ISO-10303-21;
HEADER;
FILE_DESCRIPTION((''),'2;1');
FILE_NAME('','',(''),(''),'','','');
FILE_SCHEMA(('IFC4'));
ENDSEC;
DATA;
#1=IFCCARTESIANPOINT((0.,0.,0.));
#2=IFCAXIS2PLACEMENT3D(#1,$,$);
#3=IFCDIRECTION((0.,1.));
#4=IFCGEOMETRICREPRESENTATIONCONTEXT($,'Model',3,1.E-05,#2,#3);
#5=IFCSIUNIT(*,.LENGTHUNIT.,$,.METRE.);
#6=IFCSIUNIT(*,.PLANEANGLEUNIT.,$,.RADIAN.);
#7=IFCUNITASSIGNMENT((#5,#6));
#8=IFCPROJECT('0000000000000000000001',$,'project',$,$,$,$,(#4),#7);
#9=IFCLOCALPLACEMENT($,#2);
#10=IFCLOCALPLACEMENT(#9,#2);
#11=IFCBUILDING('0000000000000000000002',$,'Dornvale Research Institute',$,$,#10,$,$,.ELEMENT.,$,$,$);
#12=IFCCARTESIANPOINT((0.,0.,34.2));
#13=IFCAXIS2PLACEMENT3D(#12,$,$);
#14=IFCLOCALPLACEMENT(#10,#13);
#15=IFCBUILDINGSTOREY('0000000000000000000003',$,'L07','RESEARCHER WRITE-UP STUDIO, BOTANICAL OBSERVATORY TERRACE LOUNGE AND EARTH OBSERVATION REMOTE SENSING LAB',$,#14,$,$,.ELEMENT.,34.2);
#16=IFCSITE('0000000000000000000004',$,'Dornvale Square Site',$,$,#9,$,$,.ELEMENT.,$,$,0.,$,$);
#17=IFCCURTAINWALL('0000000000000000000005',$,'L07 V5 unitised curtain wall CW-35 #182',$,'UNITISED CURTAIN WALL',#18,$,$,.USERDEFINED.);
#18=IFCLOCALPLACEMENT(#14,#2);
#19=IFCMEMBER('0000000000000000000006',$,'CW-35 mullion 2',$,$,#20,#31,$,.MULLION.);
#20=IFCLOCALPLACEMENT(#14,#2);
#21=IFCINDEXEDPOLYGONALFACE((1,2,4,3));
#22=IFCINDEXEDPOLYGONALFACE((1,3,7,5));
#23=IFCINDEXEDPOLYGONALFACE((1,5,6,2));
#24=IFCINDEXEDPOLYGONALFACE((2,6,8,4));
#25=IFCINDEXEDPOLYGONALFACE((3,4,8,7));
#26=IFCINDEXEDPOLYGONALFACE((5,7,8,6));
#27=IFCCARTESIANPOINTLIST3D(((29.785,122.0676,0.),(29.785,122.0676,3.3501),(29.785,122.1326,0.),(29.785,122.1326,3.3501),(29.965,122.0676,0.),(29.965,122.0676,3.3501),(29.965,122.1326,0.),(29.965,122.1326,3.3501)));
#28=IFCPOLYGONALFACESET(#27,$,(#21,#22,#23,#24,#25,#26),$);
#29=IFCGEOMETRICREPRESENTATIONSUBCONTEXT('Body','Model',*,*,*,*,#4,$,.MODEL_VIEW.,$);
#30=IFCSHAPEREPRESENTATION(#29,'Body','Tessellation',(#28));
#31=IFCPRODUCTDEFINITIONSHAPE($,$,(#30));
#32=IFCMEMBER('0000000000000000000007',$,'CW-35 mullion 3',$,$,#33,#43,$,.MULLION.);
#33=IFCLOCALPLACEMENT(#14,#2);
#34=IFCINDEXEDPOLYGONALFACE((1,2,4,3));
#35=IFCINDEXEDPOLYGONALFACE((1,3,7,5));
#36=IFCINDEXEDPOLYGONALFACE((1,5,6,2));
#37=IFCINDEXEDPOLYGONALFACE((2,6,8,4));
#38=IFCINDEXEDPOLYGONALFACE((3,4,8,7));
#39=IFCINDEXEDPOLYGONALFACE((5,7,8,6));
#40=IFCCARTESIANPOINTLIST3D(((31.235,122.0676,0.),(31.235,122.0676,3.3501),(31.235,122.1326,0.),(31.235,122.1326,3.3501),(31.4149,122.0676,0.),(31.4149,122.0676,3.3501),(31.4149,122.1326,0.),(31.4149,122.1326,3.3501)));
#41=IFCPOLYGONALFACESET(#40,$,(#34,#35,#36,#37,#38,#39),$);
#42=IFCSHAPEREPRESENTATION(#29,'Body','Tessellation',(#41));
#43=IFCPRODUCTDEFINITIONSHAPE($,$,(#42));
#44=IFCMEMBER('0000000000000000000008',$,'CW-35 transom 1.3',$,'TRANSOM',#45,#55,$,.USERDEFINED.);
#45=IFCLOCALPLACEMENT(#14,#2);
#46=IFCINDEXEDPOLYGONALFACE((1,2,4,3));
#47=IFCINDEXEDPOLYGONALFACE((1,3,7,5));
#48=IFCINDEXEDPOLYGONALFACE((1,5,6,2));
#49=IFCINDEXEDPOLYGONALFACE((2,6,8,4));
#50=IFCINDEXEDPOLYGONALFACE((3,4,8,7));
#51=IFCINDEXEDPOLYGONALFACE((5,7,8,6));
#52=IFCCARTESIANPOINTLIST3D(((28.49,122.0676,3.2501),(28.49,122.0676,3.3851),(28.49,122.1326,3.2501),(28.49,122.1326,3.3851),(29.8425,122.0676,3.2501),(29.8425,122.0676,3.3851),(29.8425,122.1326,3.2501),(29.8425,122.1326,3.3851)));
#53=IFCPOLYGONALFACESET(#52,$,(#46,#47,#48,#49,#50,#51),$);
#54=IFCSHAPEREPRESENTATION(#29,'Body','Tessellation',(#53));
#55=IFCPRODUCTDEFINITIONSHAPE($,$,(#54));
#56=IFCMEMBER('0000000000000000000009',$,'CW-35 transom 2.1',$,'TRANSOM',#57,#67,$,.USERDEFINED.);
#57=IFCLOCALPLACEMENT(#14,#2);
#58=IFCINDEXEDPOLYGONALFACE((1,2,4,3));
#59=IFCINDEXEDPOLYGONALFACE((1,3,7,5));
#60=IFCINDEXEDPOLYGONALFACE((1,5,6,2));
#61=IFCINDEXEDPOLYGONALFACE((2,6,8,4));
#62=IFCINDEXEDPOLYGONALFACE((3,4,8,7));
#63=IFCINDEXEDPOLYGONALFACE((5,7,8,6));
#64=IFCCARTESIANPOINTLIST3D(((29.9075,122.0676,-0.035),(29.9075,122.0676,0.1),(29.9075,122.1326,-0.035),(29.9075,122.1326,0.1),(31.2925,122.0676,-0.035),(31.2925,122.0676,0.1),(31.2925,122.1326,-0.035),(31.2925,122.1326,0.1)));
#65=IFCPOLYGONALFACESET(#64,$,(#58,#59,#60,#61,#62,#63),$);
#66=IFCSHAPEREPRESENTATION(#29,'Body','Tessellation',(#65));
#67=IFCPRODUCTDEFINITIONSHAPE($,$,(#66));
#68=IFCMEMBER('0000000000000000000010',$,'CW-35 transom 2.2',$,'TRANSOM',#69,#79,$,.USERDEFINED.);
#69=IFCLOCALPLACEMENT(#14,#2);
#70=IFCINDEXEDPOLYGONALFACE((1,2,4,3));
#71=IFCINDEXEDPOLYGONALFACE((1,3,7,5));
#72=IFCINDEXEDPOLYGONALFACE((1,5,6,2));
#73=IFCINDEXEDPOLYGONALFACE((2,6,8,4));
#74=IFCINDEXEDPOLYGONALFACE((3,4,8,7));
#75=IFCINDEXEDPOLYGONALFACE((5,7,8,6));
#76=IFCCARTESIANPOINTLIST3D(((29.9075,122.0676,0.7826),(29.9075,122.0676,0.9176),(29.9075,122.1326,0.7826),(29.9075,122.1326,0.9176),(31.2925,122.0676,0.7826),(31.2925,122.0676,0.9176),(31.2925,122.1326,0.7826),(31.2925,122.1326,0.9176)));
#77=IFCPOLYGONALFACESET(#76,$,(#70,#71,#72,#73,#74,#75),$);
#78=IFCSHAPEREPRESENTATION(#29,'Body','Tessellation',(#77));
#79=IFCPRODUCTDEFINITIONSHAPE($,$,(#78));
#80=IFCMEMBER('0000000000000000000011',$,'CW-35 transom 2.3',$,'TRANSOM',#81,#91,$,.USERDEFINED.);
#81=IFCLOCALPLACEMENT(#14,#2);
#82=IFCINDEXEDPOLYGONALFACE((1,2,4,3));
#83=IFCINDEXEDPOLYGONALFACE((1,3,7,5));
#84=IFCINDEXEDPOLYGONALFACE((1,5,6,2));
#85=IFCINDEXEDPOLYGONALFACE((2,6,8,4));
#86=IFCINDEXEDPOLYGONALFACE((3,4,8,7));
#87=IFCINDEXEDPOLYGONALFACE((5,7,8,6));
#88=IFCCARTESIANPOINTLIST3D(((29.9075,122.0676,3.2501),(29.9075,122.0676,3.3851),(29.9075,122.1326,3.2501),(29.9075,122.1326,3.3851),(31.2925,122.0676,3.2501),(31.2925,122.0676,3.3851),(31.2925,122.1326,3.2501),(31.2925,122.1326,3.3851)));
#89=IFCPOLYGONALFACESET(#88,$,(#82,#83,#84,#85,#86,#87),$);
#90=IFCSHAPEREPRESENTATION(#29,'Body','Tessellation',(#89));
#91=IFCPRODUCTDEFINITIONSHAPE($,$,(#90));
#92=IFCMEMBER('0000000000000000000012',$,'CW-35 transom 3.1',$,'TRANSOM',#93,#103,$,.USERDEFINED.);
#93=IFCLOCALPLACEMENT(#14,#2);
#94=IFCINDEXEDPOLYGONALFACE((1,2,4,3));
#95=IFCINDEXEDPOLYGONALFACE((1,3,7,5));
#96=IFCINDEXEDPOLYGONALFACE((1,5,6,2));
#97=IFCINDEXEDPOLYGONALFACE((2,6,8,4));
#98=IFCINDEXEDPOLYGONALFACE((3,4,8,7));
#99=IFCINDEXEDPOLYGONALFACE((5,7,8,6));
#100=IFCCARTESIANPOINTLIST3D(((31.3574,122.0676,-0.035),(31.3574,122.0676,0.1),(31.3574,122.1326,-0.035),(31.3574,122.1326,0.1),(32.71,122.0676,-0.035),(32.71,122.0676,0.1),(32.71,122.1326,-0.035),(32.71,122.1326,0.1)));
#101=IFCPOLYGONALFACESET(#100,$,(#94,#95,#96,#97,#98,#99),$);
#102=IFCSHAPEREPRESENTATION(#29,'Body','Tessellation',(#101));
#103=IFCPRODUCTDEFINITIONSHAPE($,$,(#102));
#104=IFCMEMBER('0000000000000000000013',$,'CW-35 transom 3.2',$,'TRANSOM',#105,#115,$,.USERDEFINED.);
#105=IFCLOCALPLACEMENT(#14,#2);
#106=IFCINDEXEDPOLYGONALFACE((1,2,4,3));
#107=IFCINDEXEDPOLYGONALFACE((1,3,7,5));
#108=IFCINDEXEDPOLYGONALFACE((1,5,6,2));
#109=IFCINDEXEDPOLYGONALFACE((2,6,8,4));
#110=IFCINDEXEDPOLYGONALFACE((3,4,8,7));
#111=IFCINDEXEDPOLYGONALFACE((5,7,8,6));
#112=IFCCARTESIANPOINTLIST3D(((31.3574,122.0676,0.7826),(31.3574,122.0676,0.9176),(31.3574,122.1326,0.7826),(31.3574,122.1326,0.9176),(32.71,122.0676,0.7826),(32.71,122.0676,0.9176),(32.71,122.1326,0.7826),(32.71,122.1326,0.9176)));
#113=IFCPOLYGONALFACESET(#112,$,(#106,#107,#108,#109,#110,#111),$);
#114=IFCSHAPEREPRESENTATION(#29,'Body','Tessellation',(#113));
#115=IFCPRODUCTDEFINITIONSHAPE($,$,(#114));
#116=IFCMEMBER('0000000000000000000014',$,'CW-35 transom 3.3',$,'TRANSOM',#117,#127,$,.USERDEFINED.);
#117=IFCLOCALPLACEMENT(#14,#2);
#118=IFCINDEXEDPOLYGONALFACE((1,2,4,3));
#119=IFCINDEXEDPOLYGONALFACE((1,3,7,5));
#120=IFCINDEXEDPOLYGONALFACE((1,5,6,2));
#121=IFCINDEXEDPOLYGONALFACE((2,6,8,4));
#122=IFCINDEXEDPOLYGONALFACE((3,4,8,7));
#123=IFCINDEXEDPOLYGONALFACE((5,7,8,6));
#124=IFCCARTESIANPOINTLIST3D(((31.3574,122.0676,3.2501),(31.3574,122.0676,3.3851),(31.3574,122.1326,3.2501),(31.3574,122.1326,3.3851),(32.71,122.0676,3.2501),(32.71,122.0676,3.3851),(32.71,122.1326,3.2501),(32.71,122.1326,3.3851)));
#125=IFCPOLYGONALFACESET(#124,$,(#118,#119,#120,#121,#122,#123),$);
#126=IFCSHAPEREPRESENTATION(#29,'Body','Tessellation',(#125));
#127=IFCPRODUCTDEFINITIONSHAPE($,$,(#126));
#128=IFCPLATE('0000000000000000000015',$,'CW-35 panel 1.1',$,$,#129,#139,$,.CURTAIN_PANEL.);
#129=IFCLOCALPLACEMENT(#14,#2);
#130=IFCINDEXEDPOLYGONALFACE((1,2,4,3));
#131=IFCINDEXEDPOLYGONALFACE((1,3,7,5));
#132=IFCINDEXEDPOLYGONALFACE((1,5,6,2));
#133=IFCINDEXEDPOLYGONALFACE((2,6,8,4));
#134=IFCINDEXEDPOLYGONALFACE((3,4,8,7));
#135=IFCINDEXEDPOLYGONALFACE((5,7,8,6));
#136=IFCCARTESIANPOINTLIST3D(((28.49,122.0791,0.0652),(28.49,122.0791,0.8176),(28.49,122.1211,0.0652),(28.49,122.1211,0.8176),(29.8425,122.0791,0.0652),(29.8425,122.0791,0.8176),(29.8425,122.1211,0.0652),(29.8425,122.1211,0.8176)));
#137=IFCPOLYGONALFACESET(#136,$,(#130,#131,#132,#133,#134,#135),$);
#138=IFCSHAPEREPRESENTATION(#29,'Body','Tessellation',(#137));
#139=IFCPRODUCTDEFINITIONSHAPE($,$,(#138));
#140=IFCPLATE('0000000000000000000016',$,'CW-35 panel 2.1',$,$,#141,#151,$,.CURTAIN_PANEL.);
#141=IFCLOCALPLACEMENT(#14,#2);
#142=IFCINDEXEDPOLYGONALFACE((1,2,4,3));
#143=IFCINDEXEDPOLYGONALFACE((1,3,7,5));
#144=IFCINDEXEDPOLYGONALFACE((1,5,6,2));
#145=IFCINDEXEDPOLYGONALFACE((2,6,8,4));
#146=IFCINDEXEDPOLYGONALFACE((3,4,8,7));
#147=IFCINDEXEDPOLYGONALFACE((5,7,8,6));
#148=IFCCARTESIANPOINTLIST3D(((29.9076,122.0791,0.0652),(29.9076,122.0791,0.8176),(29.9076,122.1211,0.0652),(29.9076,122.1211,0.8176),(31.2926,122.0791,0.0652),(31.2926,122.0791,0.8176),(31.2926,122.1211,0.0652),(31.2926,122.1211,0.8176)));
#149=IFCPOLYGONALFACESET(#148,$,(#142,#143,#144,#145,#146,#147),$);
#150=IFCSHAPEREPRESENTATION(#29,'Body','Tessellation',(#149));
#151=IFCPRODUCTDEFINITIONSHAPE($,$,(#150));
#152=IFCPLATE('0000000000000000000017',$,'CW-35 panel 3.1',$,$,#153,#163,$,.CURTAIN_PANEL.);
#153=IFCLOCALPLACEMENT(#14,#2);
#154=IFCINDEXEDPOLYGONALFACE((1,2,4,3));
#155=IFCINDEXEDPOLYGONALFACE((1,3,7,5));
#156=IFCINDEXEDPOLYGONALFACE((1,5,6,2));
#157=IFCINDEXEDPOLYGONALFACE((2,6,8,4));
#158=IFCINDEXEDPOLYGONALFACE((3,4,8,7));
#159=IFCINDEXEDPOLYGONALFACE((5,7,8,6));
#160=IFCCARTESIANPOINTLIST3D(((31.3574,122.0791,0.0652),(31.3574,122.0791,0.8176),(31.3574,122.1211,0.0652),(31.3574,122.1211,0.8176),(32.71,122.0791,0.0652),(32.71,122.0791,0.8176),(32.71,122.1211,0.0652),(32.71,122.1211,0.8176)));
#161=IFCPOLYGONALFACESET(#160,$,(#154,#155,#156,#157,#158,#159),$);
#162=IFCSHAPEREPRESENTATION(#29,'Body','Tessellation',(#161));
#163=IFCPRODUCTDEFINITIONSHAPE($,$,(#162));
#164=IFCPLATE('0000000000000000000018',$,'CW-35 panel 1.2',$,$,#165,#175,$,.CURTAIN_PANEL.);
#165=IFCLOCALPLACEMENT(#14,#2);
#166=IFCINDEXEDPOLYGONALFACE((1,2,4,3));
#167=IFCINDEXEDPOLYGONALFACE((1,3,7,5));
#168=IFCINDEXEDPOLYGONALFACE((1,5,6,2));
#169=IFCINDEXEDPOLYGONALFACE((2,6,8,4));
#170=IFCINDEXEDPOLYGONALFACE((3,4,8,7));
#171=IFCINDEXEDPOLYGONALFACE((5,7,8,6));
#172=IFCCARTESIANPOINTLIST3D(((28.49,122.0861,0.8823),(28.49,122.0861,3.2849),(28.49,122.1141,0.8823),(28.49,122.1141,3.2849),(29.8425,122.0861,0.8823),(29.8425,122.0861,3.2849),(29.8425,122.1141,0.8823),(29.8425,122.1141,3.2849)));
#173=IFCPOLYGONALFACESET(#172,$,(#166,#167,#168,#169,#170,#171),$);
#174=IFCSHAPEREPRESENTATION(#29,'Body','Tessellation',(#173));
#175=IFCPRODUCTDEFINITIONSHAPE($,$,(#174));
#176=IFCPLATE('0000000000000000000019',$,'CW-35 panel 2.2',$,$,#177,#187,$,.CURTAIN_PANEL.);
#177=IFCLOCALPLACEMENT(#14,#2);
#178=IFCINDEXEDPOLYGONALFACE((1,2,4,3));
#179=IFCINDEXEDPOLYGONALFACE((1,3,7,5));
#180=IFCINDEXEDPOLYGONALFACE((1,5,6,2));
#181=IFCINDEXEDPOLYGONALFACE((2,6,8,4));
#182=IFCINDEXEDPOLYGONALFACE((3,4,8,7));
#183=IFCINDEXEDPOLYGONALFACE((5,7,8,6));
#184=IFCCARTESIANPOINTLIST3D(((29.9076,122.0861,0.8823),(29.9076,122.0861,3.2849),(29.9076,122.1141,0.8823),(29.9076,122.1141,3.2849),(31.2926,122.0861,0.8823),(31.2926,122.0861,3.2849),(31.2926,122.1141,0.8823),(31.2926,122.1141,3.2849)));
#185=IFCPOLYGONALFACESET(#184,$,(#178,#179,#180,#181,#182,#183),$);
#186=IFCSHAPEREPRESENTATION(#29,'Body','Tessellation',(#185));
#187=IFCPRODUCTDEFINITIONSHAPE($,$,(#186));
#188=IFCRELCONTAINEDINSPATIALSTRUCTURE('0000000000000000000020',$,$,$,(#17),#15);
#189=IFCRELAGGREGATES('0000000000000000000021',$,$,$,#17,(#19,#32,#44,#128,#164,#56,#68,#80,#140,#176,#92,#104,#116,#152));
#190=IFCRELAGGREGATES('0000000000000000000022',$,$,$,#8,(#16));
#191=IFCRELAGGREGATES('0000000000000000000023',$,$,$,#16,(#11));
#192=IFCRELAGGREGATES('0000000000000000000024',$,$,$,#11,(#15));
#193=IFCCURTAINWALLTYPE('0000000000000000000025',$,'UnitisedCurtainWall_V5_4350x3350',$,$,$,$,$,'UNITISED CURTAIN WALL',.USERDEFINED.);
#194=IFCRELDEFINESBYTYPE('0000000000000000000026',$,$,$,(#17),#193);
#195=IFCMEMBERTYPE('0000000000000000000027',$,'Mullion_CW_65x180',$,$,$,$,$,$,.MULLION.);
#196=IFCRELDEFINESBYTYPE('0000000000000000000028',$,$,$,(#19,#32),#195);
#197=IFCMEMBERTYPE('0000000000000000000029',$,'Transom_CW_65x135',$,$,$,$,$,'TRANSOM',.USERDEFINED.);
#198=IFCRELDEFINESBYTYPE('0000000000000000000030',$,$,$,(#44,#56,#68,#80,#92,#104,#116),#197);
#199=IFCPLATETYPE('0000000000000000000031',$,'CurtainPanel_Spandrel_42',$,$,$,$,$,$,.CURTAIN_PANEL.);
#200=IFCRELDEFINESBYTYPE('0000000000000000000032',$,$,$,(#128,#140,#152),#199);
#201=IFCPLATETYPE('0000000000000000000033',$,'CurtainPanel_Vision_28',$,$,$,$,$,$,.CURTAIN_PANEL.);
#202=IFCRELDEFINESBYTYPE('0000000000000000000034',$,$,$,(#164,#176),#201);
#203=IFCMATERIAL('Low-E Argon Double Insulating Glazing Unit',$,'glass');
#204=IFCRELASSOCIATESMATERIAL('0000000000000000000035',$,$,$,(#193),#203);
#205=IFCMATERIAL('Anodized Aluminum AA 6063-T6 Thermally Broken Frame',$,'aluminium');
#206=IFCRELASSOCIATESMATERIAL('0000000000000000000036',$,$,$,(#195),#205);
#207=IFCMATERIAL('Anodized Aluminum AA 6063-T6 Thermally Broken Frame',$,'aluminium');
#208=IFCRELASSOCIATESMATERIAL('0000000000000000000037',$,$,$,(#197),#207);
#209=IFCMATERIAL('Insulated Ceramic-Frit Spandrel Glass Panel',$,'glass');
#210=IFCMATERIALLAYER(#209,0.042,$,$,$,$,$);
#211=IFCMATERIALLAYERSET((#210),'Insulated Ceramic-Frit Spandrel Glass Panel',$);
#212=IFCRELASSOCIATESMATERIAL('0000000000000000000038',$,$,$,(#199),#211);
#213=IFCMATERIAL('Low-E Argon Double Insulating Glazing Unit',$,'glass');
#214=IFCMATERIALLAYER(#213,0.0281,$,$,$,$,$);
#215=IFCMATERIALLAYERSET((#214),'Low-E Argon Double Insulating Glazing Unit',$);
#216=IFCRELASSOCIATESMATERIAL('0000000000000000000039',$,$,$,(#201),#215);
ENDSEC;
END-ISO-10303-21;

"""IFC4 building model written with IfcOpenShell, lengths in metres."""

from ifc_helpers import new_model, si_unit, direction, frame, origin, origin_2d, place, context, subcontext, project, spatial, rectangle, extrude, material, layer, layer_set, material_profile, profile_set, type_object, element, aggregate, save


model = new_model("IFC4")

# Units and contexts
model_context = context("Model", 3, precision=1e-05, world=origin(), true_north=direction((0.0, 1.0)))
body_context = subcontext(model_context, "Body", "Model", "MODEL_VIEW")
ifc_project = project(units=[si_unit("LENGTHUNIT", "METRE"), si_unit("PLANEANGLEUNIT", "RADIAN")], contexts=[model_context])

# Site, building, storey
site_placement = place(None, origin())
site = spatial("IfcSite", under=ifc_project, at=site_placement, Name="Dornvale Square Site", CompositionType="ELEMENT", RefElevation=0.0)
building_placement = place(site_placement, origin())
building = spatial("IfcBuilding", under=site, at=building_placement, Name="Dornvale Research Institute", CompositionType="ELEMENT")
storey_placement = place(building_placement, frame((0.0, 0.0, 34.2)))
storey = spatial("IfcBuildingStorey", under=building, at=storey_placement, Name="L07", Description="RESEARCHER WRITE-UP STUDIO, BOTANICAL OBSERVATORY TERRACE LOUNGE AND EARTH OBSERVATION REMOTE SENSING LAB", CompositionType="ELEMENT", Elevation=34.2)

# Curtain wall, members, plates
ifc_material_1 = material(Name="Low-E Argon Double Insulating Glazing Unit", Category="glass")
curtain_wall_type = type_object("IfcCurtainWallType", Name="UnitisedCurtainWall_V5_4350x3350", ElementType="UNITISED CURTAIN WALL", PredefinedType="USERDEFINED", material=ifc_material_1)
curtain_wall_placement = place(storey_placement, origin())
curtain_wall = element("IfcCurtainWall", 1, at=curtain_wall_placement, inside=storey, type_object=curtain_wall_type, Name="L07 V5 unitised curtain wall CW-35 #182", ObjectType="UNITISED CURTAIN WALL", PredefinedType="USERDEFINED")
ifc_material_2 = material(Name="Anodized Aluminum AA 6063-T6 Thermally Broken Frame", Category="aluminium")
ifc_material_profile_1 = material_profile(ifc_material_2, rectangle(XDim=0.0649, YDim=0.1799, at=origin_2d()), Name="ALU MULLION 65x180")
ifc_profile_set_1 = profile_set([ifc_material_profile_1], Name="Anodized Aluminum AA 6063-T6 Thermally Broken Frame")
member_type_1 = type_object("IfcMemberType", Name="Mullion_CW_65x180", PredefinedType="MULLION", material=ifc_profile_set_1)
member_1_placement = place(storey_placement, frame((29.875, 122.1001, 0.0), z_axis=(0.0, 0.0, 1.0), x_axis=(0.0, 1.0, 0.0)))
member_1 = element("IfcMember", 2, at=member_1_placement, type_object=member_type_1, Name="CW-35 mullion 2", PredefinedType="MULLION", context=body_context, shape_type="SweptSolid", body=[
    extrude(rectangle(XDim=0.0649, YDim=0.1799, at=origin_2d()), origin(), (0.0, 0.0, 1.0), 3.3501),
])
member_2_placement = place(storey_placement, frame((31.325, 122.1001, 0.0), z_axis=(0.0, 0.0, 1.0), x_axis=(0.0, 1.0, 0.0)))
member_2 = element("IfcMember", 3, at=member_2_placement, type_object=member_type_1, Name="CW-35 mullion 3", PredefinedType="MULLION", context=body_context, shape_type="SweptSolid", body=[
    extrude(rectangle(XDim=0.0649, YDim=0.1799, at=origin_2d()), origin(), (0.0, 0.0, 1.0), 3.3501),
])
ifc_material_3 = material(Name="Anodized Aluminum AA 6063-T6 Thermally Broken Frame", Category="aluminium")
ifc_material_profile_2 = material_profile(ifc_material_3, rectangle(XDim=0.0649, YDim=0.135, at=origin_2d()), Name="ALU TRANSOM 65x135")
ifc_profile_set_2 = profile_set([ifc_material_profile_2], Name="Anodized Aluminum AA 6063-T6 Thermally Broken Frame")
member_type_2 = type_object("IfcMemberType", Name="Transom_CW_65x135", ElementType="TRANSOM", PredefinedType="USERDEFINED", material=ifc_profile_set_2)
member_3_placement = place(storey_placement, frame((28.49, 122.1001, 3.3176), z_axis=(1.0, 0.0, 0.0), x_axis=(0.0, 1.0, 0.0)))
member_3 = element("IfcMember", 4, at=member_3_placement, type_object=member_type_2, Name="CW-35 transom 1.3", ObjectType="TRANSOM", PredefinedType="USERDEFINED", context=body_context, shape_type="SweptSolid", body=[
    extrude(rectangle(XDim=0.0649, YDim=0.135, at=origin_2d()), origin(), (0.0, 0.0, 1.0), 1.3525),
])
member_4_placement = place(storey_placement, frame((29.9075, 122.1001, 0.0325), z_axis=(1.0, 0.0, 0.0), x_axis=(0.0, 1.0, 0.0)))
member_4 = element("IfcMember", 5, at=member_4_placement, type_object=member_type_2, Name="CW-35 transom 2.1", ObjectType="TRANSOM", PredefinedType="USERDEFINED", context=body_context, shape_type="SweptSolid", body=[
    extrude(rectangle(XDim=0.0649, YDim=0.135, at=origin_2d()), origin(), (0.0, 0.0, 1.0), 1.385),
])
member_5_placement = place(storey_placement, frame((29.9075, 122.1001, 0.8501), z_axis=(1.0, 0.0, 0.0), x_axis=(0.0, 1.0, 0.0)))
member_5 = element("IfcMember", 6, at=member_5_placement, type_object=member_type_2, Name="CW-35 transom 2.2", ObjectType="TRANSOM", PredefinedType="USERDEFINED", context=body_context, shape_type="SweptSolid", body=[
    extrude(rectangle(XDim=0.0649, YDim=0.135, at=origin_2d()), origin(), (0.0, 0.0, 1.0), 1.385),
])
member_6_placement = place(storey_placement, frame((29.9075, 122.1001, 3.3176), z_axis=(1.0, 0.0, 0.0), x_axis=(0.0, 1.0, 0.0)))
member_6 = element("IfcMember", 7, at=member_6_placement, type_object=member_type_2, Name="CW-35 transom 2.3", ObjectType="TRANSOM", PredefinedType="USERDEFINED", context=body_context, shape_type="SweptSolid", body=[
    extrude(rectangle(XDim=0.0649, YDim=0.135, at=origin_2d()), origin(), (0.0, 0.0, 1.0), 1.385),
])
member_7_placement = place(storey_placement, frame((31.3574, 122.1001, 0.0325), z_axis=(1.0, 0.0, 0.0), x_axis=(0.0, 1.0, 0.0)))
member_7 = element("IfcMember", 8, at=member_7_placement, type_object=member_type_2, Name="CW-35 transom 3.1", ObjectType="TRANSOM", PredefinedType="USERDEFINED", context=body_context, shape_type="SweptSolid", body=[
    extrude(rectangle(XDim=0.0649, YDim=0.135, at=origin_2d()), origin(), (0.0, 0.0, 1.0), 1.3525),
])
member_8_placement = place(storey_placement, frame((31.3574, 122.1001, 0.8501), z_axis=(1.0, 0.0, 0.0), x_axis=(0.0, 1.0, 0.0)))
member_8 = element("IfcMember", 9, at=member_8_placement, type_object=member_type_2, Name="CW-35 transom 3.2", ObjectType="TRANSOM", PredefinedType="USERDEFINED", context=body_context, shape_type="SweptSolid", body=[
    extrude(rectangle(XDim=0.0649, YDim=0.135, at=origin_2d()), origin(), (0.0, 0.0, 1.0), 1.3525),
])
member_9_placement = place(storey_placement, frame((31.3574, 122.1001, 3.3176), z_axis=(1.0, 0.0, 0.0), x_axis=(0.0, 1.0, 0.0)))
member_9 = element("IfcMember", 10, at=member_9_placement, type_object=member_type_2, Name="CW-35 transom 3.3", ObjectType="TRANSOM", PredefinedType="USERDEFINED", context=body_context, shape_type="SweptSolid", body=[
    extrude(rectangle(XDim=0.0649, YDim=0.135, at=origin_2d()), origin(), (0.0, 0.0, 1.0), 1.3525),
])
ifc_material_4 = material(Name="Insulated Ceramic-Frit Spandrel Glass Panel", Category="glass")
ifc_layer_1 = layer(ifc_material_4, 0.042)
ifc_layer_set_1 = layer_set([ifc_layer_1], Name="Insulated Ceramic-Frit Spandrel Glass Panel")
plate_type_1 = type_object("IfcPlateType", Name="CurtainPanel_Spandrel_42", PredefinedType="CURTAIN_PANEL", material=ifc_layer_set_1)
plate_1_placement = place(storey_placement, frame((29.1663, 122.1001, 0.0652), z_axis=(0.0, 0.0, 1.0), x_axis=(1.0, 0.0, 0.0)))
plate_1 = element("IfcPlate", 11, at=plate_1_placement, type_object=plate_type_1, Name="CW-35 panel 1.1", PredefinedType="CURTAIN_PANEL", context=body_context, shape_type="SweptSolid", body=[
    extrude(rectangle(XDim=1.3525, YDim=0.042, at=origin_2d()), origin(), (0.0, 0.0, 1.0), 0.7524),
])
plate_2_placement = place(storey_placement, frame((30.6001, 122.1001, 0.0652), z_axis=(0.0, 0.0, 1.0), x_axis=(1.0, 0.0, 0.0)))
plate_2 = element("IfcPlate", 12, at=plate_2_placement, type_object=plate_type_1, Name="CW-35 panel 2.1", PredefinedType="CURTAIN_PANEL", context=body_context, shape_type="SweptSolid", body=[
    extrude(rectangle(XDim=1.385, YDim=0.042, at=origin_2d()), origin(), (0.0, 0.0, 1.0), 0.7524),
])
plate_3_placement = place(storey_placement, frame((32.0337, 122.1001, 0.0652), z_axis=(0.0, 0.0, 1.0), x_axis=(1.0, 0.0, 0.0)))
plate_3 = element("IfcPlate", 13, at=plate_3_placement, type_object=plate_type_1, Name="CW-35 panel 3.1", PredefinedType="CURTAIN_PANEL", context=body_context, shape_type="SweptSolid", body=[
    extrude(rectangle(XDim=1.3525, YDim=0.042, at=origin_2d()), origin(), (0.0, 0.0, 1.0), 0.7524),
])
ifc_material_5 = material(Name="Low-E Argon Double Insulating Glazing Unit", Category="glass")
ifc_layer_2 = layer(ifc_material_5, 0.0281)
ifc_layer_set_2 = layer_set([ifc_layer_2], Name="Low-E Argon Double Insulating Glazing Unit")
plate_type_2 = type_object("IfcPlateType", Name="CurtainPanel_Vision_28", PredefinedType="CURTAIN_PANEL", material=ifc_layer_set_2)
plate_4_placement = place(storey_placement, frame((29.1663, 122.1001, 0.8823), z_axis=(0.0, 0.0, 1.0), x_axis=(1.0, 0.0, 0.0)))
plate_4 = element("IfcPlate", 14, at=plate_4_placement, type_object=plate_type_2, Name="CW-35 panel 1.2", PredefinedType="CURTAIN_PANEL", context=body_context, shape_type="SweptSolid", body=[
    extrude(rectangle(XDim=1.3525, YDim=0.0281, at=origin_2d()), origin(), (0.0, 0.0, 1.0), 2.4026),
])
plate_5_placement = place(storey_placement, frame((30.6001, 122.1001, 0.8823), z_axis=(0.0, 0.0, 1.0), x_axis=(1.0, 0.0, 0.0)))
plate_5 = element("IfcPlate", 15, at=plate_5_placement, type_object=plate_type_2, Name="CW-35 panel 2.2", PredefinedType="CURTAIN_PANEL", context=body_context, shape_type="SweptSolid", body=[
    extrude(rectangle(XDim=1.385, YDim=0.0281, at=origin_2d()), origin(), (0.0, 0.0, 1.0), 2.4026),
])
aggregate(curtain_wall, [member_1, member_2, member_3, plate_1, plate_4, member_4, member_5, member_6, plate_2, plate_5, member_7, member_8, member_9, plate_3])

save(model, "model.ifc")
